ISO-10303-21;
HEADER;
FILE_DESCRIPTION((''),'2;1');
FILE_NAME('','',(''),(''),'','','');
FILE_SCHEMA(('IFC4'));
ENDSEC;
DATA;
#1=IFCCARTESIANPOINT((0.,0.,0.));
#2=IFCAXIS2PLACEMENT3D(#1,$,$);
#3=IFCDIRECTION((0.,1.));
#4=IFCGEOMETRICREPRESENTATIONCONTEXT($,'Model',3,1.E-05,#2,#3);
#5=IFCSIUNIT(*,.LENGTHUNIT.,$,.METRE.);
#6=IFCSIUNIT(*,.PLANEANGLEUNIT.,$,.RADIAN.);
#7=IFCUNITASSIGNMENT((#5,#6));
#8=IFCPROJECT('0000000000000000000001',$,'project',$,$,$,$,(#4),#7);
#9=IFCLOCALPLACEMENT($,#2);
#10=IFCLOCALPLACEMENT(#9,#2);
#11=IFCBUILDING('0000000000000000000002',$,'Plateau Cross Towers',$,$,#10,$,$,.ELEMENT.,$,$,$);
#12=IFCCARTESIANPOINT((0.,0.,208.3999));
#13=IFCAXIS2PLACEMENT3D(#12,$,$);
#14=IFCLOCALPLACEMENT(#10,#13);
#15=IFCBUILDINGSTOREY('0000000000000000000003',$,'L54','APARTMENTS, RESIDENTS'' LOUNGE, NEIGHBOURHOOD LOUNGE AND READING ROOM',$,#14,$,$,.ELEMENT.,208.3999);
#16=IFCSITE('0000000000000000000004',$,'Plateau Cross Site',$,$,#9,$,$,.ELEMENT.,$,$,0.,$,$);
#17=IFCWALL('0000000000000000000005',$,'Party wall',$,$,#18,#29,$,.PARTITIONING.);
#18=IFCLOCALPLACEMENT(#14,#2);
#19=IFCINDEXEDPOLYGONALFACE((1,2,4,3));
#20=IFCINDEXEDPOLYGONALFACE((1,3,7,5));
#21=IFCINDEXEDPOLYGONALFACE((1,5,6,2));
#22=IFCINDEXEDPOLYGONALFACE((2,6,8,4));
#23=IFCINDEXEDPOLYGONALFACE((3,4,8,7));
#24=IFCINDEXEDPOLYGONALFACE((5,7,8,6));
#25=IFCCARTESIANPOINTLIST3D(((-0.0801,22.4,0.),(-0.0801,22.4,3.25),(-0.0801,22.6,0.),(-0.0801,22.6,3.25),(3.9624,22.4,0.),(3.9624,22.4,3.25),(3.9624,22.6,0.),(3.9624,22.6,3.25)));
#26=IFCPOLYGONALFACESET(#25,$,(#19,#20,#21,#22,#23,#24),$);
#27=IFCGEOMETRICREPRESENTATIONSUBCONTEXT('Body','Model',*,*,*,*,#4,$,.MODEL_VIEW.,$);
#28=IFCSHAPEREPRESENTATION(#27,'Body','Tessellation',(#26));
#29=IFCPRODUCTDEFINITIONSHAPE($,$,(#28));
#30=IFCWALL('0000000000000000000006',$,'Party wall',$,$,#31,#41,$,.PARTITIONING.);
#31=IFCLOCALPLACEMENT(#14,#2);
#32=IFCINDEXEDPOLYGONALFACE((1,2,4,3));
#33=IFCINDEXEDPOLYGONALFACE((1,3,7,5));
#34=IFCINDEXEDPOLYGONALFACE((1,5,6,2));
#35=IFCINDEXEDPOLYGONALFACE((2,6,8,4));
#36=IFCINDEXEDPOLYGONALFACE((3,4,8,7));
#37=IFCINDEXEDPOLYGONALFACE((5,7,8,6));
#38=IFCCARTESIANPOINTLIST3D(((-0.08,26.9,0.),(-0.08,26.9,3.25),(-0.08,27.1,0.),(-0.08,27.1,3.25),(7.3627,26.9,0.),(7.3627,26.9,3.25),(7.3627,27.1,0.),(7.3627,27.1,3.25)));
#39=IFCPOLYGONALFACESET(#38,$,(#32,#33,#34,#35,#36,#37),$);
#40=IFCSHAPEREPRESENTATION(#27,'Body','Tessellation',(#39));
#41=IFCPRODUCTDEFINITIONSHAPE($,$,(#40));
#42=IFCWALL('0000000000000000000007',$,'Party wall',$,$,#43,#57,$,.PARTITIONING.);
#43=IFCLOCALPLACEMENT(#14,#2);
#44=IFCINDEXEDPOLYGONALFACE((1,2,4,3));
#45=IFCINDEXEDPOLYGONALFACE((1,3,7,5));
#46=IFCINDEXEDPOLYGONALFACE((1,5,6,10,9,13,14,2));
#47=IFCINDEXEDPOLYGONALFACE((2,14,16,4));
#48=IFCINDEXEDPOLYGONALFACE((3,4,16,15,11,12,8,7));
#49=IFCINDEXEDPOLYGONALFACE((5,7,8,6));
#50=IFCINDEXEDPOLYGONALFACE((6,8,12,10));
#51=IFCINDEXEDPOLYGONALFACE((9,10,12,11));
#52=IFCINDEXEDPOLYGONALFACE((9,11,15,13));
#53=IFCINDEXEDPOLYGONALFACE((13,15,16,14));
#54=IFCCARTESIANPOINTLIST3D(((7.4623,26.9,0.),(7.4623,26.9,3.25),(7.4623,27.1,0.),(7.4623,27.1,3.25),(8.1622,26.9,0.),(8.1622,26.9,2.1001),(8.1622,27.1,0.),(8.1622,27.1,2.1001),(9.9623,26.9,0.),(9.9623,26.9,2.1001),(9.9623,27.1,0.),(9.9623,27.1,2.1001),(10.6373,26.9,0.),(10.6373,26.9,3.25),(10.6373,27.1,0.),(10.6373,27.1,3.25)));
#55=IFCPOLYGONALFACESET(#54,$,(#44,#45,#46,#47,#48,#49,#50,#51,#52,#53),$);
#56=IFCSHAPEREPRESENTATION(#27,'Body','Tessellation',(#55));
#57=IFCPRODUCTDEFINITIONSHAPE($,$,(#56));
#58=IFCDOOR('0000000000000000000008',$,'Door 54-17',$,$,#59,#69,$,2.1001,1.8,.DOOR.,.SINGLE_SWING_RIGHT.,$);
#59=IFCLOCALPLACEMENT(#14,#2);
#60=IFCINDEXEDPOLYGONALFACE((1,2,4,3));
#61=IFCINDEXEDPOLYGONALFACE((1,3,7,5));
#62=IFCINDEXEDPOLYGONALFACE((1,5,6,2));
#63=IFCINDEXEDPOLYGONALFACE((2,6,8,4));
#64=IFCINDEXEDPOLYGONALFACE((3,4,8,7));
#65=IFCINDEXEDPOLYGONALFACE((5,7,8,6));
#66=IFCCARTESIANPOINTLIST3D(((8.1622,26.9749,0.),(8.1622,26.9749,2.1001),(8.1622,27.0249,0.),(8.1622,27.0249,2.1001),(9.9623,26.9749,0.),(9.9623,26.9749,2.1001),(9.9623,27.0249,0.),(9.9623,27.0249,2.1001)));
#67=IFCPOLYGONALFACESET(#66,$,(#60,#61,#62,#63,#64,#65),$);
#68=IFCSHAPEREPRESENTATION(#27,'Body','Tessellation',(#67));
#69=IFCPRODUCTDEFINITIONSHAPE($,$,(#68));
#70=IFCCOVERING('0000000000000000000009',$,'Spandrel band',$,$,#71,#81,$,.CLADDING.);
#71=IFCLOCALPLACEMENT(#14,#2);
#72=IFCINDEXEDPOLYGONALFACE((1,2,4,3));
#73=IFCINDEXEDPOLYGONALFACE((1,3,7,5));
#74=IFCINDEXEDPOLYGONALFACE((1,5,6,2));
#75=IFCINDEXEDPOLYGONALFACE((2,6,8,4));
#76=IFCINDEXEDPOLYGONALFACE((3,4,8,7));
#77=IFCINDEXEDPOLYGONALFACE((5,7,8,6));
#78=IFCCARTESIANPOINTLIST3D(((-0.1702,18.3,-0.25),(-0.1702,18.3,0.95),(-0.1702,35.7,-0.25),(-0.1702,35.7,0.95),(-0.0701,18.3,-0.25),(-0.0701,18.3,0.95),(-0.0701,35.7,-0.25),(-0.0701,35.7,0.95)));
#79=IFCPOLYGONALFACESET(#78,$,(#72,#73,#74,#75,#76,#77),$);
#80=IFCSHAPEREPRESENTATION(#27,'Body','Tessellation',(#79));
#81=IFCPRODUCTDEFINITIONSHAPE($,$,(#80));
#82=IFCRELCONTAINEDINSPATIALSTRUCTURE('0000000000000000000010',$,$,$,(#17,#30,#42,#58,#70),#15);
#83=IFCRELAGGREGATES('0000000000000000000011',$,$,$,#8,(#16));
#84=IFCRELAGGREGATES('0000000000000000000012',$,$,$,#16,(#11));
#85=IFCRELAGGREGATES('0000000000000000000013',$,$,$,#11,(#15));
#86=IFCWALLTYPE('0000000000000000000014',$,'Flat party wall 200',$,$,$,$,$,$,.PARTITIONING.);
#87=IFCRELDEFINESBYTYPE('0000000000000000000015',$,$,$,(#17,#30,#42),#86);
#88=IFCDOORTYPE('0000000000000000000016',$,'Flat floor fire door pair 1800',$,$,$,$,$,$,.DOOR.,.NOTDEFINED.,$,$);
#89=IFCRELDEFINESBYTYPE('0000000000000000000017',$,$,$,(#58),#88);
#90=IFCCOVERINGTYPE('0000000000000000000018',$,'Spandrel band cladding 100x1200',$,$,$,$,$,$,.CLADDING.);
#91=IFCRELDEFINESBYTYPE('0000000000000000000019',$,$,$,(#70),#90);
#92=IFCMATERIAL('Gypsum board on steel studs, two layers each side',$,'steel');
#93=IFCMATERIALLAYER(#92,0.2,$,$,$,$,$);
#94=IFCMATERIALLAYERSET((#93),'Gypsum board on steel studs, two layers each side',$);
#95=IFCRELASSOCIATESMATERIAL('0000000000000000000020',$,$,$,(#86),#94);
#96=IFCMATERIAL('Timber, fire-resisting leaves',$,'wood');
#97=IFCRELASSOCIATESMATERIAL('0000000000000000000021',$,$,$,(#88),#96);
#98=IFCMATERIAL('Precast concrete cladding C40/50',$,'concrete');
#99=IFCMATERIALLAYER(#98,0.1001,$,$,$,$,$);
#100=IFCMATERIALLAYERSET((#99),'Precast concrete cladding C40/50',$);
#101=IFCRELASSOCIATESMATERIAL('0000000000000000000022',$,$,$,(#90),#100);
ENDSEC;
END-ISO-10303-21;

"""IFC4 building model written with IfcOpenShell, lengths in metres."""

from ifc_helpers import new_model, si_unit, direction, frame, frame_2d, origin, origin_2d, place, context, subcontext, project, spatial, rectangle, extrude, material, layer, layer_set, type_object, element, fill, save


model = new_model("IFC4")

# Units and contexts
model_context = context("Model", 3, precision=1e-05, world=origin(), true_north=direction((0.0, 1.0)))
body_context = subcontext(model_context, "Body", "Model", "MODEL_VIEW")
ifc_project = project(units=[si_unit("LENGTHUNIT", "METRE"), si_unit("PLANEANGLEUNIT", "RADIAN")], contexts=[model_context])

# Site, building, storey
site_placement = place(None, origin())
site = spatial("IfcSite", under=ifc_project, at=site_placement, Name="Plateau Cross Site", CompositionType="ELEMENT", RefElevation=0.0)
building_placement = place(site_placement, origin())
building = spatial("IfcBuilding", under=site, at=building_placement, Name="Plateau Cross Towers", CompositionType="ELEMENT")
storey_placement = place(building_placement, frame((0.0, 0.0, 208.3999)))
storey = spatial("IfcBuildingStorey", under=building, at=storey_placement, Name="L54", Description="APARTMENTS, RESIDENTS' LOUNGE, NEIGHBOURHOOD LOUNGE AND READING ROOM", CompositionType="ELEMENT", Elevation=208.3999)

# Walls
ifc_material_1 = material(Name="Gypsum board on steel studs, two layers each side", Category="steel")
ifc_layer_1 = layer(ifc_material_1, 0.2)
ifc_layer_set_1 = layer_set([ifc_layer_1], Name="Gypsum board on steel studs, two layers each side")
wall_type_1 = type_object("IfcWallType", Name="Flat party wall 200", PredefinedType="PARTITIONING", material=ifc_layer_set_1)
wall_1_placement = place(storey_placement, frame((-0.0801, 22.5, 0.0), z_axis=(0.0, 0.0, 1.0), x_axis=(1.0, 0.0, 0.0)))
element("IfcWall", 1, at=wall_1_placement, inside=storey, type_object=wall_type_1, Name="Party wall", PredefinedType="PARTITIONING", context=body_context, shape_type="SweptSolid", body=[
    extrude(rectangle(XDim=4.0425, YDim=0.2, at=frame_2d((2.0212, 0.0))), origin(), (0.0, 0.0, 1.0), 3.25),
])
wall_2_placement = place(storey_placement, frame((7.3625, 27.0, 0.0), z_axis=(0.0, 0.0, 1.0), x_axis=(-1.0, 0.0, 0.0)))
element("IfcWall", 2, at=wall_2_placement, inside=storey, type_object=wall_type_1, Name="Party wall", PredefinedType="PARTITIONING", context=body_context, shape_type="SweptSolid", body=[
    extrude(rectangle(XDim=7.4426, YDim=0.2, at=frame_2d((3.7212, 0.0))), origin(), (0.0, 0.0, 1.0), 3.25),
])

# Wall, opening, door
wall_3_placement = place(storey_placement, frame((7.4624, 27.0, 0.0), z_axis=(0.0, 0.0, 1.0), x_axis=(1.0, 0.0, 0.0)))
wall_3 = element("IfcWall", 3, at=wall_3_placement, inside=storey, type_object=wall_type_1, Name="Party wall", PredefinedType="PARTITIONING", context=body_context, shape_type="SweptSolid", body=[
    extrude(rectangle(XDim=3.175, YDim=0.2, at=frame_2d((1.5874, 0.0))), origin(), (0.0, 0.0, 1.0), 3.25),
])
opening_1_placement = place(wall_3_placement, frame((0.7, 0.0, 0.0)))
opening_1 = element("IfcOpeningElement", 4, at=opening_1_placement, cuts=wall_3, PredefinedType="OPENING", context=body_context, shape_type="SweptSolid", body=[
    extrude(rectangle(XDim=1.8, YDim=2.1001, at=frame_2d((0.8999, 1.05))), frame((0.0, 0.1099, 0.0), z_axis=(0.0, -1.0, 0.0), x_axis=(1.0, 0.0, 0.0)), (0.0, 0.0, 1.0), 0.22),
])
ifc_material_2 = material(Name="Timber, fire-resisting leaves", Category="wood")
door_type_1 = type_object("IfcDoorType", Name="Flat floor fire door pair 1800", OperationType="NOTDEFINED", PredefinedType="DOOR", material=ifc_material_2)
door_1_placement = place(opening_1_placement, origin())
door_1 = element("IfcDoor", 5, at=door_1_placement, inside=storey, type_object=door_type_1, Name="Door 54-17", OperationType="SINGLE_SWING_RIGHT", OverallHeight=2.1001, OverallWidth=1.8, PredefinedType="DOOR", context=body_context, shape_type="SweptSolid", body=[
    extrude(rectangle(XDim=1.8, YDim=2.1001, at=frame_2d((0.8999, 1.05))), frame((0.0, 0.0249, 0.0), z_axis=(0.0, -1.0, 0.0), x_axis=(1.0, 0.0, 0.0)), (0.0, 0.0, 1.0), 0.05),
])
fill(opening_1, door_1)

# Covering
ifc_material_3 = material(Name="Precast concrete cladding C40/50", Category="concrete")
ifc_layer_2 = layer(ifc_material_3, 0.1001)
ifc_layer_set_2 = layer_set([ifc_layer_2], Name="Precast concrete cladding C40/50")
covering_type = type_object("IfcCoveringType", Name="Spandrel band cladding 100x1200", PredefinedType="CLADDING", material=ifc_layer_set_2)
covering_placement = place(storey_placement, frame((-0.1201, 27.0, -0.25), z_axis=(0.0, 0.0, 1.0), x_axis=(0.0, -1.0, 0.0)))
element("IfcCovering", 6, at=covering_placement, inside=storey, type_object=covering_type, Name="Spandrel band", PredefinedType="CLADDING", context=body_context, shape_type="SweptSolid", body=[
    extrude(rectangle(XDim=17.3999, YDim=0.1001, at=origin_2d()), origin(), (0.0, 0.0, 1.0), 1.2),
])

save(model, "model.ifc")
